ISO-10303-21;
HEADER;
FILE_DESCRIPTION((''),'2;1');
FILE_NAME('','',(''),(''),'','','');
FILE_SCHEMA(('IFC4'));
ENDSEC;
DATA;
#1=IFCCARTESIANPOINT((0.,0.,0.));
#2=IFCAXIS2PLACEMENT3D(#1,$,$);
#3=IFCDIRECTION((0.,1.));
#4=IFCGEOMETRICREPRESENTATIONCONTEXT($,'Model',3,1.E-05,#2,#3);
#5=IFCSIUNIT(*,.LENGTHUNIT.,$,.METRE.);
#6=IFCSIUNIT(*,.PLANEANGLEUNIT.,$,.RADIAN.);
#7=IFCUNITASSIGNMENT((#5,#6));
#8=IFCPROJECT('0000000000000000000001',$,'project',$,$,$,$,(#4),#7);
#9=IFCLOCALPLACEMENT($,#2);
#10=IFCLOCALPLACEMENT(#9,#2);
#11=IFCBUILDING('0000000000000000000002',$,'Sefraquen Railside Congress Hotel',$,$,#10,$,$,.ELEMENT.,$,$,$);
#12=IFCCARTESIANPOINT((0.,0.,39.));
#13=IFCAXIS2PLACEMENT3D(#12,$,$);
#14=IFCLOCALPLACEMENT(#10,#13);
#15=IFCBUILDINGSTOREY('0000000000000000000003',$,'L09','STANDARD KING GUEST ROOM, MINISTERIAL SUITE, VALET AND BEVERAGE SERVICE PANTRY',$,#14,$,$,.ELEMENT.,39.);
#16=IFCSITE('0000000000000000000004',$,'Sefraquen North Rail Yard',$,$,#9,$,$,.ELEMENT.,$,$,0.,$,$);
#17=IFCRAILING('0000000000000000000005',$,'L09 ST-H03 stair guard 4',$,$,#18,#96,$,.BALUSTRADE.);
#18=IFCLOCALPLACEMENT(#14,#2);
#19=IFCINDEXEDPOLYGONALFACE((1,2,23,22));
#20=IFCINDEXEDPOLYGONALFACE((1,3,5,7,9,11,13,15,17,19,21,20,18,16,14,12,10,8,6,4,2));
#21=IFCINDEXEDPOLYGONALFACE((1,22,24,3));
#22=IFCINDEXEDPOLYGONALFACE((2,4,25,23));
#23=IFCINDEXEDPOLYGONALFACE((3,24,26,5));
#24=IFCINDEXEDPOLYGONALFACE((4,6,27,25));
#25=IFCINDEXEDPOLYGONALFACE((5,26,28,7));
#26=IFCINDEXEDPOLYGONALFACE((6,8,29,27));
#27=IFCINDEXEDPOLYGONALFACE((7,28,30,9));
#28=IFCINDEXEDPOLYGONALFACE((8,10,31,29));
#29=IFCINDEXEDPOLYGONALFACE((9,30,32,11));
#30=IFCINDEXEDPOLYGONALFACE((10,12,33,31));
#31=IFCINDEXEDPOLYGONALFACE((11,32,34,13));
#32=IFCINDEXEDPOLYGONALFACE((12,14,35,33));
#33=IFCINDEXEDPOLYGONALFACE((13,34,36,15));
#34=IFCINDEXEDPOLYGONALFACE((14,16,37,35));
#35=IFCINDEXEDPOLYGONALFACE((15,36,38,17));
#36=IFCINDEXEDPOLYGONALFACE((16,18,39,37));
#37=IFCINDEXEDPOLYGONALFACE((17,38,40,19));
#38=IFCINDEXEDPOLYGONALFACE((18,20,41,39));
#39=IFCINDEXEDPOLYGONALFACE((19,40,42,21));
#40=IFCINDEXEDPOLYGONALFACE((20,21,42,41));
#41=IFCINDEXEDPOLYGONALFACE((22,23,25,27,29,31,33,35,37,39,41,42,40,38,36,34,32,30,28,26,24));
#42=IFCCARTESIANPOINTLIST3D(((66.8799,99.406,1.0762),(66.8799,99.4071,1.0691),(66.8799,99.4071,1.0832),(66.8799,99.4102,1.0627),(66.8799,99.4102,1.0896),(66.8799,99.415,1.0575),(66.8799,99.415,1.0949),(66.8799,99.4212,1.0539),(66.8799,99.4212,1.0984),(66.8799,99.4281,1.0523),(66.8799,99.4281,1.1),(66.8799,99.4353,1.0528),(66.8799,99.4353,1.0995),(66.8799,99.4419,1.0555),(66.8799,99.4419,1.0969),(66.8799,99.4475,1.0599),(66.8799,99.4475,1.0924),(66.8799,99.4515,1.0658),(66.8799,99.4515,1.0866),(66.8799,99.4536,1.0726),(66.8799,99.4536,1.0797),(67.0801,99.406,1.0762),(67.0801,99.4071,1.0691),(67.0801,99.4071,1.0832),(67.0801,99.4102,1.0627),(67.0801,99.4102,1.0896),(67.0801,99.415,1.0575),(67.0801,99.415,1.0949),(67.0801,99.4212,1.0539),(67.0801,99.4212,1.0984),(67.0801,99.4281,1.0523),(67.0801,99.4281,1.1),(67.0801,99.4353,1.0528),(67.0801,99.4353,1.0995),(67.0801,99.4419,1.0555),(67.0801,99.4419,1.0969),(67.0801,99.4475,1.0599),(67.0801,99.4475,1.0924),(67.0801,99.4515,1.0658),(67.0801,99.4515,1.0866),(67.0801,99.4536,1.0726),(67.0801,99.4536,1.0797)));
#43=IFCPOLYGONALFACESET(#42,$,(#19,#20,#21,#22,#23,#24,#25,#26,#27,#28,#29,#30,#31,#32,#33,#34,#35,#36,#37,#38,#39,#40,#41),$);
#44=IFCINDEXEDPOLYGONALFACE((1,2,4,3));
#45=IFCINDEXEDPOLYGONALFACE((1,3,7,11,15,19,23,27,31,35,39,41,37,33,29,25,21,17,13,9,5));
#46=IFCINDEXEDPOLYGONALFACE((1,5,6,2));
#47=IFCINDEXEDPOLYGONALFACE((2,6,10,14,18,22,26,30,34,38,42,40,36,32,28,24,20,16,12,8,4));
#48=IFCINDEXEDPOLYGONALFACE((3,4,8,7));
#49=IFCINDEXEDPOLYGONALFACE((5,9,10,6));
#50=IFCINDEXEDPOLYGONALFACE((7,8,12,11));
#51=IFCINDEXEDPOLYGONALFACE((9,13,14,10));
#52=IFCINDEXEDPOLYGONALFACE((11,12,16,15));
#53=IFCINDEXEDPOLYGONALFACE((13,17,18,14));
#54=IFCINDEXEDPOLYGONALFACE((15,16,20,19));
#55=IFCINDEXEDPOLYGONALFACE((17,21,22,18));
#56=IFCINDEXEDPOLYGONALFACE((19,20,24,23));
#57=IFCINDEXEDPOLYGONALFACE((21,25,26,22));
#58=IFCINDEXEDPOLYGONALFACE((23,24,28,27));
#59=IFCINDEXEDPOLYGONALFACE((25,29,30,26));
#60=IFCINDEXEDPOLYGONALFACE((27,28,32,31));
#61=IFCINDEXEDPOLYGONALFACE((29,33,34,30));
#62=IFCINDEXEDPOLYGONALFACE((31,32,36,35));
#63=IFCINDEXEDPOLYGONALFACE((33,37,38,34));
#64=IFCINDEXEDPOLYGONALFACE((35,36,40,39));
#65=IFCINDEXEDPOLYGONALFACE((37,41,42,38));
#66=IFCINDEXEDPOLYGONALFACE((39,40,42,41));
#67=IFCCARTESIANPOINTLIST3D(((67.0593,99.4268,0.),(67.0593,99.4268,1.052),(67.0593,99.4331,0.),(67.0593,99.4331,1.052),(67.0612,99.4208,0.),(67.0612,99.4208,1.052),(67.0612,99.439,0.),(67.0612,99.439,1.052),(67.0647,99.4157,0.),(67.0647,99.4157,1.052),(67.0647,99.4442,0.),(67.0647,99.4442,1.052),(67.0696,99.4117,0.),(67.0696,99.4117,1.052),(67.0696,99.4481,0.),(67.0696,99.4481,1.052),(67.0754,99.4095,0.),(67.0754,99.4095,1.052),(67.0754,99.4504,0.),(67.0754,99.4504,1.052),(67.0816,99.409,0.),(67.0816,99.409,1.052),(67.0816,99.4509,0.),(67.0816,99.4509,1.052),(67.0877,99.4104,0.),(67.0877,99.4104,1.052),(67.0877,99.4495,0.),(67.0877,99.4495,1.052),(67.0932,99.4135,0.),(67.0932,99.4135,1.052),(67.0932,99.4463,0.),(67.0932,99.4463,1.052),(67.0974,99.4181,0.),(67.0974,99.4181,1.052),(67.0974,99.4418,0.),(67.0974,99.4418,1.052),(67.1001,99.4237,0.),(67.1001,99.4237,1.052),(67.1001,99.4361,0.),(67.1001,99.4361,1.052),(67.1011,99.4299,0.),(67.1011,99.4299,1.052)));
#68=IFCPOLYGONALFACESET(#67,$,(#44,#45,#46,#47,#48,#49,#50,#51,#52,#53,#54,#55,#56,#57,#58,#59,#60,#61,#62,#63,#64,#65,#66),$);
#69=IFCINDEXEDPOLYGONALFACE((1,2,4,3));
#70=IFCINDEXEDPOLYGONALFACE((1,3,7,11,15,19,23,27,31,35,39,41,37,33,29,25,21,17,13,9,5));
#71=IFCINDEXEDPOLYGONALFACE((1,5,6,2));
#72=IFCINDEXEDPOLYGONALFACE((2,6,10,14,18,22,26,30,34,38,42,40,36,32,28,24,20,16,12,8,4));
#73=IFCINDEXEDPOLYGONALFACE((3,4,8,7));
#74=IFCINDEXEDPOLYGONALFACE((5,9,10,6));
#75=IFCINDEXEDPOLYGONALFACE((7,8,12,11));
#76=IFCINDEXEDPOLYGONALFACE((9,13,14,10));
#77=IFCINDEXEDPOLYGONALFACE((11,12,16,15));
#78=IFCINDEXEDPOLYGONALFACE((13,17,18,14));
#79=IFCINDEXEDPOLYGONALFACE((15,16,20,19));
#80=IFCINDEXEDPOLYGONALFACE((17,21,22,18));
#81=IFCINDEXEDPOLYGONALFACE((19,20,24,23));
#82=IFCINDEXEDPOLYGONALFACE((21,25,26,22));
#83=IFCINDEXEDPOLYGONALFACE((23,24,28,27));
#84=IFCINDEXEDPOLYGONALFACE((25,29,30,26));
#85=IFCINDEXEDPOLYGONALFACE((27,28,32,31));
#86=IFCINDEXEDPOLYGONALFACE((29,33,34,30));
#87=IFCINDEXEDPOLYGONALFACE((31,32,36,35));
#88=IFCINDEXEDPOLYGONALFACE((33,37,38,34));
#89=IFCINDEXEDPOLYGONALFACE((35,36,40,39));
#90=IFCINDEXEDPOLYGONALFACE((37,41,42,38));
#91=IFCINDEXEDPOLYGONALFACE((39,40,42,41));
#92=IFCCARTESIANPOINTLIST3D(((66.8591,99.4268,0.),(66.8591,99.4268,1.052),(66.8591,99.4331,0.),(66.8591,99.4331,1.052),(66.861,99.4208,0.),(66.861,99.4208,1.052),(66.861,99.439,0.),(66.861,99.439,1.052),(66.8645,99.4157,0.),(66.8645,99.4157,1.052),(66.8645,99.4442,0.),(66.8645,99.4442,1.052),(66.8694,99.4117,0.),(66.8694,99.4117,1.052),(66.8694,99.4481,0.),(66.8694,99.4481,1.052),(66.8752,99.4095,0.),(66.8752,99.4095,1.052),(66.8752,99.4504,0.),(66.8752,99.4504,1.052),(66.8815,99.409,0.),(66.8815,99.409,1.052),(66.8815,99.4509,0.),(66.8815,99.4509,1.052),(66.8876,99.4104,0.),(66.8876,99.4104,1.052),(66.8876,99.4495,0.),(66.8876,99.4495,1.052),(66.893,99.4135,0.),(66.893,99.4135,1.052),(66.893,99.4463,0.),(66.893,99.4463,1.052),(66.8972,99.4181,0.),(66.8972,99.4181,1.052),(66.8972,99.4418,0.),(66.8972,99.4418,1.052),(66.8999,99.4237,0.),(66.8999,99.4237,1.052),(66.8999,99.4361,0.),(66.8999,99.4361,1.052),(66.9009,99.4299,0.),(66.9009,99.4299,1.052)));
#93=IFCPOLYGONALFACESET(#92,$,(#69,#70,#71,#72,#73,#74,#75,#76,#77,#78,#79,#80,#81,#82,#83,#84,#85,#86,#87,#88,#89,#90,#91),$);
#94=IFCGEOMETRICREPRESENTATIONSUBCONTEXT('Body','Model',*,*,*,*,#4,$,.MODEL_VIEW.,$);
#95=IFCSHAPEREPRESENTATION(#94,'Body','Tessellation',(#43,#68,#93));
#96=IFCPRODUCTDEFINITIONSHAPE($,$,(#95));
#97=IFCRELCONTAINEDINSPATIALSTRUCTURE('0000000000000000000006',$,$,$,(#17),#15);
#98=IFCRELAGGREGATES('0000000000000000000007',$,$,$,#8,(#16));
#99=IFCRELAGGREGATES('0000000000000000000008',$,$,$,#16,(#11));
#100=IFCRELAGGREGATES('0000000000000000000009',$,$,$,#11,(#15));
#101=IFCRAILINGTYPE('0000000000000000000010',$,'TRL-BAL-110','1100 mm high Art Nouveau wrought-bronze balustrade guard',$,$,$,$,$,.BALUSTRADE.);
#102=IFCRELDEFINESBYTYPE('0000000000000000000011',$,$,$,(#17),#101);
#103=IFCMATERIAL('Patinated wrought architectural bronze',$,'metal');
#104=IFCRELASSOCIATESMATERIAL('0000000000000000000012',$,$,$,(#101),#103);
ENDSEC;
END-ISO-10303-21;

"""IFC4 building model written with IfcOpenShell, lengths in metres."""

from ifc_helpers import new_model, si_unit, direction, frame, origin, origin_2d, place, context, subcontext, project, spatial, circle, extrude, material, type_object, element, save


model = new_model("IFC4")

# Units and contexts
model_context = context("Model", 3, precision=1e-05, world=origin(), true_north=direction((0.0, 1.0)))
body_context = subcontext(model_context, "Body", "Model", "MODEL_VIEW")
ifc_project = project(units=[si_unit("LENGTHUNIT", "METRE"), si_unit("PLANEANGLEUNIT", "RADIAN")], contexts=[model_context])

# Site, building, storey
site_placement = place(None, origin())
site = spatial("IfcSite", under=ifc_project, at=site_placement, Name="Sefraquen North Rail Yard", CompositionType="ELEMENT", RefElevation=0.0)
building_placement = place(site_placement, origin())
building = spatial("IfcBuilding", under=site, at=building_placement, Name="Sefraquen Railside Congress Hotel", CompositionType="ELEMENT")
storey_placement = place(building_placement, frame((0.0, 0.0, 39.0)))
storey = spatial("IfcBuildingStorey", under=building, at=storey_placement, Name="L09", Description="STANDARD KING GUEST ROOM, MINISTERIAL SUITE, VALET AND BEVERAGE SERVICE PANTRY", CompositionType="ELEMENT", Elevation=39.0)

# Railing
ifc_material_1 = material(Name="Patinated wrought architectural bronze", Category="metal")
railing_type_1 = type_object("IfcRailingType", Name="TRL-BAL-110", Description="1100 mm high Art Nouveau wrought-bronze balustrade guard", PredefinedType="BALUSTRADE", material=ifc_material_1)
railing_1_placement = place(storey_placement, frame((67.0801, 99.4299, 0.0)))
element("IfcRailing", 1, at=railing_1_placement, inside=storey, type_object=railing_type_1, Name="L09 ST-H03 stair guard 4", PredefinedType="BALUSTRADE", context=body_context, shape_type="SweptSolid", body=[
    extrude(circle(Radius=0.0239, at=origin_2d()), frame((0.0, 0.0, 1.0762), z_axis=(-1.0, 0.0, 0.0), x_axis=(0.0, -1.0, 0.0)), (0.0, 0.0, 1.0), 0.2002),
    extrude(circle(Radius=0.021, at=origin_2d()), origin(), (0.0, 0.0, 1.0), 1.052),
    extrude(circle(Radius=0.021, at=origin_2d()), frame((-0.2002, 0.0, 0.0)), (0.0, 0.0, 1.0), 1.052),
])

save(model, "model.ifc")
